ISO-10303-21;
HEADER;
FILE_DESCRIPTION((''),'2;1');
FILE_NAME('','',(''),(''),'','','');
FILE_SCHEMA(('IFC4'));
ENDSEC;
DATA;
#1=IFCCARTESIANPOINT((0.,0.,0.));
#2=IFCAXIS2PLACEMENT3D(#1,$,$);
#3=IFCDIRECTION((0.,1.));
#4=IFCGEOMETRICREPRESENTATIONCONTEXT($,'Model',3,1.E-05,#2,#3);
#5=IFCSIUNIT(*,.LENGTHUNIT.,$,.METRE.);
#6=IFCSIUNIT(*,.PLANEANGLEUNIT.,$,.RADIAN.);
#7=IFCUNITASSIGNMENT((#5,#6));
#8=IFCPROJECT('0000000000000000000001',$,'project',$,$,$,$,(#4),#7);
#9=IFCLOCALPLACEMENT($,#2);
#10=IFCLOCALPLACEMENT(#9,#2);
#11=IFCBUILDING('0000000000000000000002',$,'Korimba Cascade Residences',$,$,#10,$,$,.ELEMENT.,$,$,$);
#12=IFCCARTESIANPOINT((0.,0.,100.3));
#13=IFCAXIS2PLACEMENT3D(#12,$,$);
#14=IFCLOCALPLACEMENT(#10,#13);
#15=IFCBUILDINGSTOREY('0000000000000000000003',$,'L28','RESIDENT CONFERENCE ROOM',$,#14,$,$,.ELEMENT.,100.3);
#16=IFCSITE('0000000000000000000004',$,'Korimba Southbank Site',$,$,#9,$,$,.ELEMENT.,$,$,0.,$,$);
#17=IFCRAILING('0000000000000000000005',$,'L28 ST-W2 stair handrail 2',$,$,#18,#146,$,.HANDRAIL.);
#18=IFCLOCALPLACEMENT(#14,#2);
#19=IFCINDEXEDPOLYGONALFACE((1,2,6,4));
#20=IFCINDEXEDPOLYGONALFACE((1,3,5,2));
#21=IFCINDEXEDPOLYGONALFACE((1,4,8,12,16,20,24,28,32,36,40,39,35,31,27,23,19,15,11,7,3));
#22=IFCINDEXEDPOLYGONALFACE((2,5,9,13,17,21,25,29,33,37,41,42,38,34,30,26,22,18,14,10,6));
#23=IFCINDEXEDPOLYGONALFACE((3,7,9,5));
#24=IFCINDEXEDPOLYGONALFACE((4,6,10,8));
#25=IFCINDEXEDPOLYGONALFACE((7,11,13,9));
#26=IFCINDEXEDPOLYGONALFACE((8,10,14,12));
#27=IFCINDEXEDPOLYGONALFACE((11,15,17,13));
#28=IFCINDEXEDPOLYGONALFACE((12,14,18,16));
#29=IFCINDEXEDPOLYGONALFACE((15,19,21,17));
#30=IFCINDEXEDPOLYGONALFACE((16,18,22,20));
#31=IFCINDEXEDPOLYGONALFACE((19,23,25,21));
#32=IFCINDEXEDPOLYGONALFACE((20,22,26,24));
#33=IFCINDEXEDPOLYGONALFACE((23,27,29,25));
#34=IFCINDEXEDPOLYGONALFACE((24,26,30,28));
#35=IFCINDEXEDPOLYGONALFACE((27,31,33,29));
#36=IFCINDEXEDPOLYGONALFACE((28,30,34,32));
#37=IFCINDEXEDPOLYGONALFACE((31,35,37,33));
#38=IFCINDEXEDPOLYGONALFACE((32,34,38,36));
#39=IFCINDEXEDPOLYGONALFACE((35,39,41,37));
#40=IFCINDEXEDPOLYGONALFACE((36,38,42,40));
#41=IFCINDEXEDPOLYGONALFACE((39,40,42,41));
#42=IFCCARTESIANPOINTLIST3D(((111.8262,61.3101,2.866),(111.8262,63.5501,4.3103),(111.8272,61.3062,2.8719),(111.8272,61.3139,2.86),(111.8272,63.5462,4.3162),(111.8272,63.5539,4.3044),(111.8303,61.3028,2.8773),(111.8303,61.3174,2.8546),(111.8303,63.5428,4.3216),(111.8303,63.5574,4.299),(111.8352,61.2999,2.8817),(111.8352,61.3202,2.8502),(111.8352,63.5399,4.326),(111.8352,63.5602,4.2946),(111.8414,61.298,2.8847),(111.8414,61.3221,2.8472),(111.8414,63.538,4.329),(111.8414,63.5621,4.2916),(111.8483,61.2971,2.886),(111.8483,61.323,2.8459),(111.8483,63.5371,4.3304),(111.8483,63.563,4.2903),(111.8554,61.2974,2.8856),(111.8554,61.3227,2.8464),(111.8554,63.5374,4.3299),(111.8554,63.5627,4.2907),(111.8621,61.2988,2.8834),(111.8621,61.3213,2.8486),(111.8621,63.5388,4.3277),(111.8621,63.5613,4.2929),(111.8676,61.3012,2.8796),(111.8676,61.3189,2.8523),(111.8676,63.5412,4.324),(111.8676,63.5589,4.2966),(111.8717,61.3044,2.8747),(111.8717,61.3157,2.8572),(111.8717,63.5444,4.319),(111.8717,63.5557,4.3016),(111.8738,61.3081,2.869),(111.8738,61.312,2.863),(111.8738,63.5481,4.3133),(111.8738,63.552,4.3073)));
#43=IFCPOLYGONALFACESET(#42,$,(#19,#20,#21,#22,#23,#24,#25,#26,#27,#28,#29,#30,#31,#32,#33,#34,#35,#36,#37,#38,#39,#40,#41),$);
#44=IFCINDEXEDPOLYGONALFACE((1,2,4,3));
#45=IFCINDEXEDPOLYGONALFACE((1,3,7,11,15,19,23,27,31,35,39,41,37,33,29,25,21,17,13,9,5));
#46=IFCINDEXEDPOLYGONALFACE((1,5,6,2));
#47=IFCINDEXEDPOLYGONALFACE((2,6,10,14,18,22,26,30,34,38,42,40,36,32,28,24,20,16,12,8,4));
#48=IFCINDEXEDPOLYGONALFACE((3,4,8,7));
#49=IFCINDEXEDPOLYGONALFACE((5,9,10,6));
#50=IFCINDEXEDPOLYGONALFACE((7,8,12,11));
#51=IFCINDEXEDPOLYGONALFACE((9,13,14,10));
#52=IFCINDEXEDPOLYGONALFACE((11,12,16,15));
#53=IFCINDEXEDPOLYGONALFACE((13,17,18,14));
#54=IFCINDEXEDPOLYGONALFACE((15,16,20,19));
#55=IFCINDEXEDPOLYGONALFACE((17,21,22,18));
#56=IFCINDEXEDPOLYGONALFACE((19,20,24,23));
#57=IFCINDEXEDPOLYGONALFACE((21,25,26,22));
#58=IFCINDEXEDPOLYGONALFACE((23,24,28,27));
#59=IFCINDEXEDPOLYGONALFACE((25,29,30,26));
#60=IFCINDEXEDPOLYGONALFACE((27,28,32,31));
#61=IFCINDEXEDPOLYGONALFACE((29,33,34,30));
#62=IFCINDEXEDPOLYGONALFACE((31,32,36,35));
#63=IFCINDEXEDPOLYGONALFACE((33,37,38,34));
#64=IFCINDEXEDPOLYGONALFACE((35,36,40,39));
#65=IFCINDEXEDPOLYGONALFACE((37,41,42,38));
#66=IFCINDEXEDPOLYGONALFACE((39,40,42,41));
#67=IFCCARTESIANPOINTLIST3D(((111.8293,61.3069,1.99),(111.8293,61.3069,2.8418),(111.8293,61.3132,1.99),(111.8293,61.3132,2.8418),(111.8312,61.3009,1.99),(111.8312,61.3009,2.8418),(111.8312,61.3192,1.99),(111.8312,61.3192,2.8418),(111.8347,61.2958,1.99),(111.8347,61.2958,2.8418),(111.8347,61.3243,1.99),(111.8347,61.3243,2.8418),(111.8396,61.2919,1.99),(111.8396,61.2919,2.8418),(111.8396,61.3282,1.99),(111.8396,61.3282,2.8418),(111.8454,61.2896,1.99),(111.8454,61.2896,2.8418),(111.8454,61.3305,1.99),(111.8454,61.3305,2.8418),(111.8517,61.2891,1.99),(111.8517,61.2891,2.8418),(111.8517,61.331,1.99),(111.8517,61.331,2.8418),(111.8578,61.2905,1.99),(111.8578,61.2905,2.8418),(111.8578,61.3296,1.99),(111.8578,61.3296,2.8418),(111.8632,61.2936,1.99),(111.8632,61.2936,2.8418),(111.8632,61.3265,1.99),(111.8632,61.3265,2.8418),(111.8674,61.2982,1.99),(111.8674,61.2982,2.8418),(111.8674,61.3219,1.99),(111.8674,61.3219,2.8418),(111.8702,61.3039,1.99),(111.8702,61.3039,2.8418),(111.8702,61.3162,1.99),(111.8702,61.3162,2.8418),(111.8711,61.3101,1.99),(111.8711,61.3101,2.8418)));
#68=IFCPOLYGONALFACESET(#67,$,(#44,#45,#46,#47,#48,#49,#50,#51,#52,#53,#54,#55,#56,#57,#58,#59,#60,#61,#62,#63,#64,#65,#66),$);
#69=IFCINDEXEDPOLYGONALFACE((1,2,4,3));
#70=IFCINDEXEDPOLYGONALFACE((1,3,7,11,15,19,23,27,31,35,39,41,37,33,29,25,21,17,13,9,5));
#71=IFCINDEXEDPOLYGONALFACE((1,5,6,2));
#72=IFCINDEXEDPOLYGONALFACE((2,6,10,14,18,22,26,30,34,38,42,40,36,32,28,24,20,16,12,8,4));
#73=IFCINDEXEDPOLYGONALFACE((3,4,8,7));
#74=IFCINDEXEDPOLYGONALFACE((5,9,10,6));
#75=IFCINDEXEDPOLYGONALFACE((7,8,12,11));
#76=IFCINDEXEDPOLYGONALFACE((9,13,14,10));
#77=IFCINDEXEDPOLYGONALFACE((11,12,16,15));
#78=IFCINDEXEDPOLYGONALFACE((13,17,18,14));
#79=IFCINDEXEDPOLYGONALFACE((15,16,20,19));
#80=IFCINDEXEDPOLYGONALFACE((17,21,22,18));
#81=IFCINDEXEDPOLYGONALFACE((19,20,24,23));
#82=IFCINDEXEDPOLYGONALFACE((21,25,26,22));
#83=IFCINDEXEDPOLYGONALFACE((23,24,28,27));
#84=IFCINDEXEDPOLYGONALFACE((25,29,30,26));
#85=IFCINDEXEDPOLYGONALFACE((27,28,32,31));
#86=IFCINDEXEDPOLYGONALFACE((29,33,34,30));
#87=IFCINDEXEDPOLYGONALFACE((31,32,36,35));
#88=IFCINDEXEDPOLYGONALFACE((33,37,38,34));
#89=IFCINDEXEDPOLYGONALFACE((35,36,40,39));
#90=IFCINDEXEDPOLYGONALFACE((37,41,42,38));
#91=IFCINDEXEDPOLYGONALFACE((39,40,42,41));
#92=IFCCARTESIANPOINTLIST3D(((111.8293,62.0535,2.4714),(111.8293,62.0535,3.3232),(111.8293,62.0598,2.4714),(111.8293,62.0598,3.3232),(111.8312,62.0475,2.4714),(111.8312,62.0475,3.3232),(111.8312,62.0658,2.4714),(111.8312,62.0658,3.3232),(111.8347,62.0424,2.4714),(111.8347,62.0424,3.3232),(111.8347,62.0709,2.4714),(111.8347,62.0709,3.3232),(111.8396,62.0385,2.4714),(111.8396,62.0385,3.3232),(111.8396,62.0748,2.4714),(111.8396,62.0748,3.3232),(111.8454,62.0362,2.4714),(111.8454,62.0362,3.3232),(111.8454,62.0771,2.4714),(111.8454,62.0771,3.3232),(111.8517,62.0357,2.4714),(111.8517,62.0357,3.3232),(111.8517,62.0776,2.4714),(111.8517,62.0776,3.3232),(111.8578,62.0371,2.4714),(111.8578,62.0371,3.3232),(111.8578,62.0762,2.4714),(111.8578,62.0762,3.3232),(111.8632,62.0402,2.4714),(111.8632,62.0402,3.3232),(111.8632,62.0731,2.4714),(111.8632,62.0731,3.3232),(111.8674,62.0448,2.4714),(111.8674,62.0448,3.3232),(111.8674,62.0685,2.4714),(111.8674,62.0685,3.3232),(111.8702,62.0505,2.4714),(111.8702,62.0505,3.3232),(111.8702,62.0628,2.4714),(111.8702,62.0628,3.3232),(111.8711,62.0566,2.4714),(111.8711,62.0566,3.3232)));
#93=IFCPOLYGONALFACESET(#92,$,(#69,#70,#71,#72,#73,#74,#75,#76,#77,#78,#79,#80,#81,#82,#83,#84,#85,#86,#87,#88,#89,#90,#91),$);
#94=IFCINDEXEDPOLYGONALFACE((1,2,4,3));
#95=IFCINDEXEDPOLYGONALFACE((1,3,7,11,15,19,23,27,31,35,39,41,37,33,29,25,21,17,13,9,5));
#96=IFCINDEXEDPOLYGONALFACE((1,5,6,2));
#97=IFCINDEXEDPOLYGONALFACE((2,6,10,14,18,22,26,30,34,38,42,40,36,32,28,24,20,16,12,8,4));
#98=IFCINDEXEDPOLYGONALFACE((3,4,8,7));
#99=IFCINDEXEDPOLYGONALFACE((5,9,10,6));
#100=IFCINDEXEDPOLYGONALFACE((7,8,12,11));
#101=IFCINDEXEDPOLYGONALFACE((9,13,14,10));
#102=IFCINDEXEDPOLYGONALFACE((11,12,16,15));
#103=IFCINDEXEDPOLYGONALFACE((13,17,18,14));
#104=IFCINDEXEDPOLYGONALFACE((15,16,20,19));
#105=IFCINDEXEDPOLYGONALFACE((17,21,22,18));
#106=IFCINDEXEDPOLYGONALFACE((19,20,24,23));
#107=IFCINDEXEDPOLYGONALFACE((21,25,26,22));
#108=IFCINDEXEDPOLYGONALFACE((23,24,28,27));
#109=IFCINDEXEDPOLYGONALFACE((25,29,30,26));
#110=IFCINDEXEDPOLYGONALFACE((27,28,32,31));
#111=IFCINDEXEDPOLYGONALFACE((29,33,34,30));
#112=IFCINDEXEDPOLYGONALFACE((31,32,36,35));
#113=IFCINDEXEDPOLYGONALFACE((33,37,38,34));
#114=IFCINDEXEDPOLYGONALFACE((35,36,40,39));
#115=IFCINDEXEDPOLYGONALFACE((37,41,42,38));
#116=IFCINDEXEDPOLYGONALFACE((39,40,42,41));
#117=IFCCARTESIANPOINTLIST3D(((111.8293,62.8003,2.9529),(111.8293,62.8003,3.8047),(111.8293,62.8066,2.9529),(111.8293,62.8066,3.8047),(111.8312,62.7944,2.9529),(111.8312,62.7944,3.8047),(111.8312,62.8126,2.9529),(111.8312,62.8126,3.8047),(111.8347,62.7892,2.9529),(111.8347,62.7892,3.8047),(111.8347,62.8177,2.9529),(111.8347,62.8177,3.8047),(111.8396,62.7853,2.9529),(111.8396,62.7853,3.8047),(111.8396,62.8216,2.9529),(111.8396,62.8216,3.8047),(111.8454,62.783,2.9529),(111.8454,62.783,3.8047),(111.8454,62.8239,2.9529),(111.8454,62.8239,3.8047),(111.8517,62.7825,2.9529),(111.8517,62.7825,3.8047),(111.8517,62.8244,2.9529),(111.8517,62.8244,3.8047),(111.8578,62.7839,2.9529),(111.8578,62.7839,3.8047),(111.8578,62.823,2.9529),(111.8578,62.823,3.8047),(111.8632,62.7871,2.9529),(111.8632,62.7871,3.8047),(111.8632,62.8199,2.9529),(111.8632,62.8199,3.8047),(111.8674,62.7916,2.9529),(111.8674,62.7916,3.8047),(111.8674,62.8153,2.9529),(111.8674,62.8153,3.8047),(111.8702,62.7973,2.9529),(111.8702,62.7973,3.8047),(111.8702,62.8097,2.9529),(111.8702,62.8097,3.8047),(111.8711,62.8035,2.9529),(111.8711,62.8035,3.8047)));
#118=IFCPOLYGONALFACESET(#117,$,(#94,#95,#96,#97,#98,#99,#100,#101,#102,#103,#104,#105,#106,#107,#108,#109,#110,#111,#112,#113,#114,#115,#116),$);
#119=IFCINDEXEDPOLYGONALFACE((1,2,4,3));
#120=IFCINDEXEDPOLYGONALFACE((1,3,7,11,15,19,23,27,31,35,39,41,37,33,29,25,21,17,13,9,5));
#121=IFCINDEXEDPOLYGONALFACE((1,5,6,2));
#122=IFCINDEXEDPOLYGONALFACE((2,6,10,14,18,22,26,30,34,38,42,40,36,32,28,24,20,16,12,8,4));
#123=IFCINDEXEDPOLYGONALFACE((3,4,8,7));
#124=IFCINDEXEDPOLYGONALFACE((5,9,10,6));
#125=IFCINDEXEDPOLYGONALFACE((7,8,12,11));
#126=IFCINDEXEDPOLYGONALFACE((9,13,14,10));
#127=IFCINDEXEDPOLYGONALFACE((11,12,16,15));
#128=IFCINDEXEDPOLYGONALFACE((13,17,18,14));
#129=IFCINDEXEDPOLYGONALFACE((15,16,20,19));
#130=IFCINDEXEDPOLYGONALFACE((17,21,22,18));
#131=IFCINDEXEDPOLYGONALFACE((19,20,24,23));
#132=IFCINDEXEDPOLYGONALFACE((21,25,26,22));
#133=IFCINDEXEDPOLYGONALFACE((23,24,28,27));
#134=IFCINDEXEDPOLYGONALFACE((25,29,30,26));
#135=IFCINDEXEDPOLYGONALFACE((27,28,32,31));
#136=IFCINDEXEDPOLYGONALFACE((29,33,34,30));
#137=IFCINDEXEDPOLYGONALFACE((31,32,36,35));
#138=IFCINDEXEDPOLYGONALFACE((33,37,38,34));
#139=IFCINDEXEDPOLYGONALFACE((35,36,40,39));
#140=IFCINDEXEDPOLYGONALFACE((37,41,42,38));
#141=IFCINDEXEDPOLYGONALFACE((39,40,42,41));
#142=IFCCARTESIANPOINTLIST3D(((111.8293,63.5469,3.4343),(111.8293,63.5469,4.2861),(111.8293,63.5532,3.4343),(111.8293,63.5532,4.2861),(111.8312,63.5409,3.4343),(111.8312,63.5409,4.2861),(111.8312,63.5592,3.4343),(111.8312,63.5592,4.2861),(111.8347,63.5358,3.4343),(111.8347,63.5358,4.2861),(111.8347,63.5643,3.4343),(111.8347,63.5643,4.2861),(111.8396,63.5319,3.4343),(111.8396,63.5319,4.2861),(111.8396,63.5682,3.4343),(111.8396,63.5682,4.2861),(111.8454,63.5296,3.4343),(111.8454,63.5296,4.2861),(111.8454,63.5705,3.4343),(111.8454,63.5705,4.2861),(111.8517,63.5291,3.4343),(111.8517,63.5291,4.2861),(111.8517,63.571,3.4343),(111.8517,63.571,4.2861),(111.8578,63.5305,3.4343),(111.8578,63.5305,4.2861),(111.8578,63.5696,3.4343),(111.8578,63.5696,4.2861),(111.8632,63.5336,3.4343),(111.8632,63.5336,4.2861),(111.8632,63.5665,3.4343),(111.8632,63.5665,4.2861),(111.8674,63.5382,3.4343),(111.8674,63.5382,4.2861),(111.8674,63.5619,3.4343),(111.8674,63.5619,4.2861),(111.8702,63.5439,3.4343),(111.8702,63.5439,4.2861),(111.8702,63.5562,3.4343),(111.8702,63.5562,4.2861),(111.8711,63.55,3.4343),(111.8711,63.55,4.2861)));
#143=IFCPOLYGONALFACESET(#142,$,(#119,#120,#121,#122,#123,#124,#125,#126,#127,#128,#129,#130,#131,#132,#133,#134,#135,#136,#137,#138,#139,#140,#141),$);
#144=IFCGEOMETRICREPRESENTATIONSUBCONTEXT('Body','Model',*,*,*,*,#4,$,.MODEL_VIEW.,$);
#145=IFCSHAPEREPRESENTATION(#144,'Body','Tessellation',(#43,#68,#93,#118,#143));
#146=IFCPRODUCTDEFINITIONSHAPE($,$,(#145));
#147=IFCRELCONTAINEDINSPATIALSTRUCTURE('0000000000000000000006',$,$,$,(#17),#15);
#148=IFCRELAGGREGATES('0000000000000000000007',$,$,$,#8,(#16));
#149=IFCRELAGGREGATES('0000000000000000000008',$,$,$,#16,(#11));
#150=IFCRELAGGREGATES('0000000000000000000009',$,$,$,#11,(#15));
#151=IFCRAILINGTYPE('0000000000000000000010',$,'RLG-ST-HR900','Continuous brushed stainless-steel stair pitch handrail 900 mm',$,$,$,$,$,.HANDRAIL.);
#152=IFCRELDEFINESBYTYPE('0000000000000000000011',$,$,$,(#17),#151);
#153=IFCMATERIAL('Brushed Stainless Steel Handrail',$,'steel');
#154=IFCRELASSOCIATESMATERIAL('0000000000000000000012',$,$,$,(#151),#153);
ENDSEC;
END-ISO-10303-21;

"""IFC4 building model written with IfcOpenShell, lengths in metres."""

from ifc_helpers import new_model, si_unit, direction, frame, origin, origin_2d, place, context, subcontext, project, spatial, circle, extrude, material, type_object, element, save


model = new_model("IFC4")

# Units and contexts
model_context = context("Model", 3, precision=1e-05, world=origin(), true_north=direction((0.0, 1.0)))
body_context = subcontext(model_context, "Body", "Model", "MODEL_VIEW")
ifc_project = project(units=[si_unit("LENGTHUNIT", "METRE"), si_unit("PLANEANGLEUNIT", "RADIAN")], contexts=[model_context])

# Site, building, storey
site_placement = place(None, origin())
site = spatial("IfcSite", under=ifc_project, at=site_placement, Name="Korimba Southbank Site", CompositionType="ELEMENT", RefElevation=0.0)
building_placement = place(site_placement, origin())
building = spatial("IfcBuilding", under=site, at=building_placement, Name="Korimba Cascade Residences", CompositionType="ELEMENT")
storey_placement = place(building_placement, frame((0.0, 0.0, 100.3)))
storey = spatial("IfcBuildingStorey", under=building, at=storey_placement, Name="L28", Description="RESIDENT CONFERENCE ROOM", CompositionType="ELEMENT", Elevation=100.3)

# Railing
ifc_material_1 = material(Name="Brushed Stainless Steel Handrail", Category="steel")
railing_type_1 = type_object("IfcRailingType", Name="RLG-ST-HR900", Description="Continuous brushed stainless-steel stair pitch handrail 900 mm", PredefinedType="HANDRAIL", material=ifc_material_1)
railing_1_placement = place(storey_placement, frame((111.8501, 61.3101, 1.99)))
element("IfcRailing", 1, at=railing_1_placement, inside=storey, type_object=railing_type_1, Name="L28 ST-W2 stair handrail 2", PredefinedType="HANDRAIL", context=body_context, shape_type="SweptSolid", body=[
    extrude(circle(Radius=0.0239, at=origin_2d()), frame((0.0, 0.0, 0.876), z_axis=(0.0, 0.840437, 0.54191), x_axis=(-1.0, 0.0, 0.0)), (0.0, 0.0, 1.0), 2.6653),
    extrude(circle(Radius=0.021, at=origin_2d()), origin(), (0.0, 0.0, 1.0), 0.8518),
    extrude(circle(Radius=0.021, at=origin_2d()), frame((0.0, 0.7466, 0.4814)), (0.0, 0.0, 1.0), 0.8518),
    extrude(circle(Radius=0.021, at=origin_2d()), frame((0.0, 1.4934, 0.9629)), (0.0, 0.0, 1.0), 0.8518),
    extrude(circle(Radius=0.021, at=origin_2d()), frame((0.0, 2.24, 1.4443)), (0.0, 0.0, 1.0), 0.8518),
])

save(model, "model.ifc")
